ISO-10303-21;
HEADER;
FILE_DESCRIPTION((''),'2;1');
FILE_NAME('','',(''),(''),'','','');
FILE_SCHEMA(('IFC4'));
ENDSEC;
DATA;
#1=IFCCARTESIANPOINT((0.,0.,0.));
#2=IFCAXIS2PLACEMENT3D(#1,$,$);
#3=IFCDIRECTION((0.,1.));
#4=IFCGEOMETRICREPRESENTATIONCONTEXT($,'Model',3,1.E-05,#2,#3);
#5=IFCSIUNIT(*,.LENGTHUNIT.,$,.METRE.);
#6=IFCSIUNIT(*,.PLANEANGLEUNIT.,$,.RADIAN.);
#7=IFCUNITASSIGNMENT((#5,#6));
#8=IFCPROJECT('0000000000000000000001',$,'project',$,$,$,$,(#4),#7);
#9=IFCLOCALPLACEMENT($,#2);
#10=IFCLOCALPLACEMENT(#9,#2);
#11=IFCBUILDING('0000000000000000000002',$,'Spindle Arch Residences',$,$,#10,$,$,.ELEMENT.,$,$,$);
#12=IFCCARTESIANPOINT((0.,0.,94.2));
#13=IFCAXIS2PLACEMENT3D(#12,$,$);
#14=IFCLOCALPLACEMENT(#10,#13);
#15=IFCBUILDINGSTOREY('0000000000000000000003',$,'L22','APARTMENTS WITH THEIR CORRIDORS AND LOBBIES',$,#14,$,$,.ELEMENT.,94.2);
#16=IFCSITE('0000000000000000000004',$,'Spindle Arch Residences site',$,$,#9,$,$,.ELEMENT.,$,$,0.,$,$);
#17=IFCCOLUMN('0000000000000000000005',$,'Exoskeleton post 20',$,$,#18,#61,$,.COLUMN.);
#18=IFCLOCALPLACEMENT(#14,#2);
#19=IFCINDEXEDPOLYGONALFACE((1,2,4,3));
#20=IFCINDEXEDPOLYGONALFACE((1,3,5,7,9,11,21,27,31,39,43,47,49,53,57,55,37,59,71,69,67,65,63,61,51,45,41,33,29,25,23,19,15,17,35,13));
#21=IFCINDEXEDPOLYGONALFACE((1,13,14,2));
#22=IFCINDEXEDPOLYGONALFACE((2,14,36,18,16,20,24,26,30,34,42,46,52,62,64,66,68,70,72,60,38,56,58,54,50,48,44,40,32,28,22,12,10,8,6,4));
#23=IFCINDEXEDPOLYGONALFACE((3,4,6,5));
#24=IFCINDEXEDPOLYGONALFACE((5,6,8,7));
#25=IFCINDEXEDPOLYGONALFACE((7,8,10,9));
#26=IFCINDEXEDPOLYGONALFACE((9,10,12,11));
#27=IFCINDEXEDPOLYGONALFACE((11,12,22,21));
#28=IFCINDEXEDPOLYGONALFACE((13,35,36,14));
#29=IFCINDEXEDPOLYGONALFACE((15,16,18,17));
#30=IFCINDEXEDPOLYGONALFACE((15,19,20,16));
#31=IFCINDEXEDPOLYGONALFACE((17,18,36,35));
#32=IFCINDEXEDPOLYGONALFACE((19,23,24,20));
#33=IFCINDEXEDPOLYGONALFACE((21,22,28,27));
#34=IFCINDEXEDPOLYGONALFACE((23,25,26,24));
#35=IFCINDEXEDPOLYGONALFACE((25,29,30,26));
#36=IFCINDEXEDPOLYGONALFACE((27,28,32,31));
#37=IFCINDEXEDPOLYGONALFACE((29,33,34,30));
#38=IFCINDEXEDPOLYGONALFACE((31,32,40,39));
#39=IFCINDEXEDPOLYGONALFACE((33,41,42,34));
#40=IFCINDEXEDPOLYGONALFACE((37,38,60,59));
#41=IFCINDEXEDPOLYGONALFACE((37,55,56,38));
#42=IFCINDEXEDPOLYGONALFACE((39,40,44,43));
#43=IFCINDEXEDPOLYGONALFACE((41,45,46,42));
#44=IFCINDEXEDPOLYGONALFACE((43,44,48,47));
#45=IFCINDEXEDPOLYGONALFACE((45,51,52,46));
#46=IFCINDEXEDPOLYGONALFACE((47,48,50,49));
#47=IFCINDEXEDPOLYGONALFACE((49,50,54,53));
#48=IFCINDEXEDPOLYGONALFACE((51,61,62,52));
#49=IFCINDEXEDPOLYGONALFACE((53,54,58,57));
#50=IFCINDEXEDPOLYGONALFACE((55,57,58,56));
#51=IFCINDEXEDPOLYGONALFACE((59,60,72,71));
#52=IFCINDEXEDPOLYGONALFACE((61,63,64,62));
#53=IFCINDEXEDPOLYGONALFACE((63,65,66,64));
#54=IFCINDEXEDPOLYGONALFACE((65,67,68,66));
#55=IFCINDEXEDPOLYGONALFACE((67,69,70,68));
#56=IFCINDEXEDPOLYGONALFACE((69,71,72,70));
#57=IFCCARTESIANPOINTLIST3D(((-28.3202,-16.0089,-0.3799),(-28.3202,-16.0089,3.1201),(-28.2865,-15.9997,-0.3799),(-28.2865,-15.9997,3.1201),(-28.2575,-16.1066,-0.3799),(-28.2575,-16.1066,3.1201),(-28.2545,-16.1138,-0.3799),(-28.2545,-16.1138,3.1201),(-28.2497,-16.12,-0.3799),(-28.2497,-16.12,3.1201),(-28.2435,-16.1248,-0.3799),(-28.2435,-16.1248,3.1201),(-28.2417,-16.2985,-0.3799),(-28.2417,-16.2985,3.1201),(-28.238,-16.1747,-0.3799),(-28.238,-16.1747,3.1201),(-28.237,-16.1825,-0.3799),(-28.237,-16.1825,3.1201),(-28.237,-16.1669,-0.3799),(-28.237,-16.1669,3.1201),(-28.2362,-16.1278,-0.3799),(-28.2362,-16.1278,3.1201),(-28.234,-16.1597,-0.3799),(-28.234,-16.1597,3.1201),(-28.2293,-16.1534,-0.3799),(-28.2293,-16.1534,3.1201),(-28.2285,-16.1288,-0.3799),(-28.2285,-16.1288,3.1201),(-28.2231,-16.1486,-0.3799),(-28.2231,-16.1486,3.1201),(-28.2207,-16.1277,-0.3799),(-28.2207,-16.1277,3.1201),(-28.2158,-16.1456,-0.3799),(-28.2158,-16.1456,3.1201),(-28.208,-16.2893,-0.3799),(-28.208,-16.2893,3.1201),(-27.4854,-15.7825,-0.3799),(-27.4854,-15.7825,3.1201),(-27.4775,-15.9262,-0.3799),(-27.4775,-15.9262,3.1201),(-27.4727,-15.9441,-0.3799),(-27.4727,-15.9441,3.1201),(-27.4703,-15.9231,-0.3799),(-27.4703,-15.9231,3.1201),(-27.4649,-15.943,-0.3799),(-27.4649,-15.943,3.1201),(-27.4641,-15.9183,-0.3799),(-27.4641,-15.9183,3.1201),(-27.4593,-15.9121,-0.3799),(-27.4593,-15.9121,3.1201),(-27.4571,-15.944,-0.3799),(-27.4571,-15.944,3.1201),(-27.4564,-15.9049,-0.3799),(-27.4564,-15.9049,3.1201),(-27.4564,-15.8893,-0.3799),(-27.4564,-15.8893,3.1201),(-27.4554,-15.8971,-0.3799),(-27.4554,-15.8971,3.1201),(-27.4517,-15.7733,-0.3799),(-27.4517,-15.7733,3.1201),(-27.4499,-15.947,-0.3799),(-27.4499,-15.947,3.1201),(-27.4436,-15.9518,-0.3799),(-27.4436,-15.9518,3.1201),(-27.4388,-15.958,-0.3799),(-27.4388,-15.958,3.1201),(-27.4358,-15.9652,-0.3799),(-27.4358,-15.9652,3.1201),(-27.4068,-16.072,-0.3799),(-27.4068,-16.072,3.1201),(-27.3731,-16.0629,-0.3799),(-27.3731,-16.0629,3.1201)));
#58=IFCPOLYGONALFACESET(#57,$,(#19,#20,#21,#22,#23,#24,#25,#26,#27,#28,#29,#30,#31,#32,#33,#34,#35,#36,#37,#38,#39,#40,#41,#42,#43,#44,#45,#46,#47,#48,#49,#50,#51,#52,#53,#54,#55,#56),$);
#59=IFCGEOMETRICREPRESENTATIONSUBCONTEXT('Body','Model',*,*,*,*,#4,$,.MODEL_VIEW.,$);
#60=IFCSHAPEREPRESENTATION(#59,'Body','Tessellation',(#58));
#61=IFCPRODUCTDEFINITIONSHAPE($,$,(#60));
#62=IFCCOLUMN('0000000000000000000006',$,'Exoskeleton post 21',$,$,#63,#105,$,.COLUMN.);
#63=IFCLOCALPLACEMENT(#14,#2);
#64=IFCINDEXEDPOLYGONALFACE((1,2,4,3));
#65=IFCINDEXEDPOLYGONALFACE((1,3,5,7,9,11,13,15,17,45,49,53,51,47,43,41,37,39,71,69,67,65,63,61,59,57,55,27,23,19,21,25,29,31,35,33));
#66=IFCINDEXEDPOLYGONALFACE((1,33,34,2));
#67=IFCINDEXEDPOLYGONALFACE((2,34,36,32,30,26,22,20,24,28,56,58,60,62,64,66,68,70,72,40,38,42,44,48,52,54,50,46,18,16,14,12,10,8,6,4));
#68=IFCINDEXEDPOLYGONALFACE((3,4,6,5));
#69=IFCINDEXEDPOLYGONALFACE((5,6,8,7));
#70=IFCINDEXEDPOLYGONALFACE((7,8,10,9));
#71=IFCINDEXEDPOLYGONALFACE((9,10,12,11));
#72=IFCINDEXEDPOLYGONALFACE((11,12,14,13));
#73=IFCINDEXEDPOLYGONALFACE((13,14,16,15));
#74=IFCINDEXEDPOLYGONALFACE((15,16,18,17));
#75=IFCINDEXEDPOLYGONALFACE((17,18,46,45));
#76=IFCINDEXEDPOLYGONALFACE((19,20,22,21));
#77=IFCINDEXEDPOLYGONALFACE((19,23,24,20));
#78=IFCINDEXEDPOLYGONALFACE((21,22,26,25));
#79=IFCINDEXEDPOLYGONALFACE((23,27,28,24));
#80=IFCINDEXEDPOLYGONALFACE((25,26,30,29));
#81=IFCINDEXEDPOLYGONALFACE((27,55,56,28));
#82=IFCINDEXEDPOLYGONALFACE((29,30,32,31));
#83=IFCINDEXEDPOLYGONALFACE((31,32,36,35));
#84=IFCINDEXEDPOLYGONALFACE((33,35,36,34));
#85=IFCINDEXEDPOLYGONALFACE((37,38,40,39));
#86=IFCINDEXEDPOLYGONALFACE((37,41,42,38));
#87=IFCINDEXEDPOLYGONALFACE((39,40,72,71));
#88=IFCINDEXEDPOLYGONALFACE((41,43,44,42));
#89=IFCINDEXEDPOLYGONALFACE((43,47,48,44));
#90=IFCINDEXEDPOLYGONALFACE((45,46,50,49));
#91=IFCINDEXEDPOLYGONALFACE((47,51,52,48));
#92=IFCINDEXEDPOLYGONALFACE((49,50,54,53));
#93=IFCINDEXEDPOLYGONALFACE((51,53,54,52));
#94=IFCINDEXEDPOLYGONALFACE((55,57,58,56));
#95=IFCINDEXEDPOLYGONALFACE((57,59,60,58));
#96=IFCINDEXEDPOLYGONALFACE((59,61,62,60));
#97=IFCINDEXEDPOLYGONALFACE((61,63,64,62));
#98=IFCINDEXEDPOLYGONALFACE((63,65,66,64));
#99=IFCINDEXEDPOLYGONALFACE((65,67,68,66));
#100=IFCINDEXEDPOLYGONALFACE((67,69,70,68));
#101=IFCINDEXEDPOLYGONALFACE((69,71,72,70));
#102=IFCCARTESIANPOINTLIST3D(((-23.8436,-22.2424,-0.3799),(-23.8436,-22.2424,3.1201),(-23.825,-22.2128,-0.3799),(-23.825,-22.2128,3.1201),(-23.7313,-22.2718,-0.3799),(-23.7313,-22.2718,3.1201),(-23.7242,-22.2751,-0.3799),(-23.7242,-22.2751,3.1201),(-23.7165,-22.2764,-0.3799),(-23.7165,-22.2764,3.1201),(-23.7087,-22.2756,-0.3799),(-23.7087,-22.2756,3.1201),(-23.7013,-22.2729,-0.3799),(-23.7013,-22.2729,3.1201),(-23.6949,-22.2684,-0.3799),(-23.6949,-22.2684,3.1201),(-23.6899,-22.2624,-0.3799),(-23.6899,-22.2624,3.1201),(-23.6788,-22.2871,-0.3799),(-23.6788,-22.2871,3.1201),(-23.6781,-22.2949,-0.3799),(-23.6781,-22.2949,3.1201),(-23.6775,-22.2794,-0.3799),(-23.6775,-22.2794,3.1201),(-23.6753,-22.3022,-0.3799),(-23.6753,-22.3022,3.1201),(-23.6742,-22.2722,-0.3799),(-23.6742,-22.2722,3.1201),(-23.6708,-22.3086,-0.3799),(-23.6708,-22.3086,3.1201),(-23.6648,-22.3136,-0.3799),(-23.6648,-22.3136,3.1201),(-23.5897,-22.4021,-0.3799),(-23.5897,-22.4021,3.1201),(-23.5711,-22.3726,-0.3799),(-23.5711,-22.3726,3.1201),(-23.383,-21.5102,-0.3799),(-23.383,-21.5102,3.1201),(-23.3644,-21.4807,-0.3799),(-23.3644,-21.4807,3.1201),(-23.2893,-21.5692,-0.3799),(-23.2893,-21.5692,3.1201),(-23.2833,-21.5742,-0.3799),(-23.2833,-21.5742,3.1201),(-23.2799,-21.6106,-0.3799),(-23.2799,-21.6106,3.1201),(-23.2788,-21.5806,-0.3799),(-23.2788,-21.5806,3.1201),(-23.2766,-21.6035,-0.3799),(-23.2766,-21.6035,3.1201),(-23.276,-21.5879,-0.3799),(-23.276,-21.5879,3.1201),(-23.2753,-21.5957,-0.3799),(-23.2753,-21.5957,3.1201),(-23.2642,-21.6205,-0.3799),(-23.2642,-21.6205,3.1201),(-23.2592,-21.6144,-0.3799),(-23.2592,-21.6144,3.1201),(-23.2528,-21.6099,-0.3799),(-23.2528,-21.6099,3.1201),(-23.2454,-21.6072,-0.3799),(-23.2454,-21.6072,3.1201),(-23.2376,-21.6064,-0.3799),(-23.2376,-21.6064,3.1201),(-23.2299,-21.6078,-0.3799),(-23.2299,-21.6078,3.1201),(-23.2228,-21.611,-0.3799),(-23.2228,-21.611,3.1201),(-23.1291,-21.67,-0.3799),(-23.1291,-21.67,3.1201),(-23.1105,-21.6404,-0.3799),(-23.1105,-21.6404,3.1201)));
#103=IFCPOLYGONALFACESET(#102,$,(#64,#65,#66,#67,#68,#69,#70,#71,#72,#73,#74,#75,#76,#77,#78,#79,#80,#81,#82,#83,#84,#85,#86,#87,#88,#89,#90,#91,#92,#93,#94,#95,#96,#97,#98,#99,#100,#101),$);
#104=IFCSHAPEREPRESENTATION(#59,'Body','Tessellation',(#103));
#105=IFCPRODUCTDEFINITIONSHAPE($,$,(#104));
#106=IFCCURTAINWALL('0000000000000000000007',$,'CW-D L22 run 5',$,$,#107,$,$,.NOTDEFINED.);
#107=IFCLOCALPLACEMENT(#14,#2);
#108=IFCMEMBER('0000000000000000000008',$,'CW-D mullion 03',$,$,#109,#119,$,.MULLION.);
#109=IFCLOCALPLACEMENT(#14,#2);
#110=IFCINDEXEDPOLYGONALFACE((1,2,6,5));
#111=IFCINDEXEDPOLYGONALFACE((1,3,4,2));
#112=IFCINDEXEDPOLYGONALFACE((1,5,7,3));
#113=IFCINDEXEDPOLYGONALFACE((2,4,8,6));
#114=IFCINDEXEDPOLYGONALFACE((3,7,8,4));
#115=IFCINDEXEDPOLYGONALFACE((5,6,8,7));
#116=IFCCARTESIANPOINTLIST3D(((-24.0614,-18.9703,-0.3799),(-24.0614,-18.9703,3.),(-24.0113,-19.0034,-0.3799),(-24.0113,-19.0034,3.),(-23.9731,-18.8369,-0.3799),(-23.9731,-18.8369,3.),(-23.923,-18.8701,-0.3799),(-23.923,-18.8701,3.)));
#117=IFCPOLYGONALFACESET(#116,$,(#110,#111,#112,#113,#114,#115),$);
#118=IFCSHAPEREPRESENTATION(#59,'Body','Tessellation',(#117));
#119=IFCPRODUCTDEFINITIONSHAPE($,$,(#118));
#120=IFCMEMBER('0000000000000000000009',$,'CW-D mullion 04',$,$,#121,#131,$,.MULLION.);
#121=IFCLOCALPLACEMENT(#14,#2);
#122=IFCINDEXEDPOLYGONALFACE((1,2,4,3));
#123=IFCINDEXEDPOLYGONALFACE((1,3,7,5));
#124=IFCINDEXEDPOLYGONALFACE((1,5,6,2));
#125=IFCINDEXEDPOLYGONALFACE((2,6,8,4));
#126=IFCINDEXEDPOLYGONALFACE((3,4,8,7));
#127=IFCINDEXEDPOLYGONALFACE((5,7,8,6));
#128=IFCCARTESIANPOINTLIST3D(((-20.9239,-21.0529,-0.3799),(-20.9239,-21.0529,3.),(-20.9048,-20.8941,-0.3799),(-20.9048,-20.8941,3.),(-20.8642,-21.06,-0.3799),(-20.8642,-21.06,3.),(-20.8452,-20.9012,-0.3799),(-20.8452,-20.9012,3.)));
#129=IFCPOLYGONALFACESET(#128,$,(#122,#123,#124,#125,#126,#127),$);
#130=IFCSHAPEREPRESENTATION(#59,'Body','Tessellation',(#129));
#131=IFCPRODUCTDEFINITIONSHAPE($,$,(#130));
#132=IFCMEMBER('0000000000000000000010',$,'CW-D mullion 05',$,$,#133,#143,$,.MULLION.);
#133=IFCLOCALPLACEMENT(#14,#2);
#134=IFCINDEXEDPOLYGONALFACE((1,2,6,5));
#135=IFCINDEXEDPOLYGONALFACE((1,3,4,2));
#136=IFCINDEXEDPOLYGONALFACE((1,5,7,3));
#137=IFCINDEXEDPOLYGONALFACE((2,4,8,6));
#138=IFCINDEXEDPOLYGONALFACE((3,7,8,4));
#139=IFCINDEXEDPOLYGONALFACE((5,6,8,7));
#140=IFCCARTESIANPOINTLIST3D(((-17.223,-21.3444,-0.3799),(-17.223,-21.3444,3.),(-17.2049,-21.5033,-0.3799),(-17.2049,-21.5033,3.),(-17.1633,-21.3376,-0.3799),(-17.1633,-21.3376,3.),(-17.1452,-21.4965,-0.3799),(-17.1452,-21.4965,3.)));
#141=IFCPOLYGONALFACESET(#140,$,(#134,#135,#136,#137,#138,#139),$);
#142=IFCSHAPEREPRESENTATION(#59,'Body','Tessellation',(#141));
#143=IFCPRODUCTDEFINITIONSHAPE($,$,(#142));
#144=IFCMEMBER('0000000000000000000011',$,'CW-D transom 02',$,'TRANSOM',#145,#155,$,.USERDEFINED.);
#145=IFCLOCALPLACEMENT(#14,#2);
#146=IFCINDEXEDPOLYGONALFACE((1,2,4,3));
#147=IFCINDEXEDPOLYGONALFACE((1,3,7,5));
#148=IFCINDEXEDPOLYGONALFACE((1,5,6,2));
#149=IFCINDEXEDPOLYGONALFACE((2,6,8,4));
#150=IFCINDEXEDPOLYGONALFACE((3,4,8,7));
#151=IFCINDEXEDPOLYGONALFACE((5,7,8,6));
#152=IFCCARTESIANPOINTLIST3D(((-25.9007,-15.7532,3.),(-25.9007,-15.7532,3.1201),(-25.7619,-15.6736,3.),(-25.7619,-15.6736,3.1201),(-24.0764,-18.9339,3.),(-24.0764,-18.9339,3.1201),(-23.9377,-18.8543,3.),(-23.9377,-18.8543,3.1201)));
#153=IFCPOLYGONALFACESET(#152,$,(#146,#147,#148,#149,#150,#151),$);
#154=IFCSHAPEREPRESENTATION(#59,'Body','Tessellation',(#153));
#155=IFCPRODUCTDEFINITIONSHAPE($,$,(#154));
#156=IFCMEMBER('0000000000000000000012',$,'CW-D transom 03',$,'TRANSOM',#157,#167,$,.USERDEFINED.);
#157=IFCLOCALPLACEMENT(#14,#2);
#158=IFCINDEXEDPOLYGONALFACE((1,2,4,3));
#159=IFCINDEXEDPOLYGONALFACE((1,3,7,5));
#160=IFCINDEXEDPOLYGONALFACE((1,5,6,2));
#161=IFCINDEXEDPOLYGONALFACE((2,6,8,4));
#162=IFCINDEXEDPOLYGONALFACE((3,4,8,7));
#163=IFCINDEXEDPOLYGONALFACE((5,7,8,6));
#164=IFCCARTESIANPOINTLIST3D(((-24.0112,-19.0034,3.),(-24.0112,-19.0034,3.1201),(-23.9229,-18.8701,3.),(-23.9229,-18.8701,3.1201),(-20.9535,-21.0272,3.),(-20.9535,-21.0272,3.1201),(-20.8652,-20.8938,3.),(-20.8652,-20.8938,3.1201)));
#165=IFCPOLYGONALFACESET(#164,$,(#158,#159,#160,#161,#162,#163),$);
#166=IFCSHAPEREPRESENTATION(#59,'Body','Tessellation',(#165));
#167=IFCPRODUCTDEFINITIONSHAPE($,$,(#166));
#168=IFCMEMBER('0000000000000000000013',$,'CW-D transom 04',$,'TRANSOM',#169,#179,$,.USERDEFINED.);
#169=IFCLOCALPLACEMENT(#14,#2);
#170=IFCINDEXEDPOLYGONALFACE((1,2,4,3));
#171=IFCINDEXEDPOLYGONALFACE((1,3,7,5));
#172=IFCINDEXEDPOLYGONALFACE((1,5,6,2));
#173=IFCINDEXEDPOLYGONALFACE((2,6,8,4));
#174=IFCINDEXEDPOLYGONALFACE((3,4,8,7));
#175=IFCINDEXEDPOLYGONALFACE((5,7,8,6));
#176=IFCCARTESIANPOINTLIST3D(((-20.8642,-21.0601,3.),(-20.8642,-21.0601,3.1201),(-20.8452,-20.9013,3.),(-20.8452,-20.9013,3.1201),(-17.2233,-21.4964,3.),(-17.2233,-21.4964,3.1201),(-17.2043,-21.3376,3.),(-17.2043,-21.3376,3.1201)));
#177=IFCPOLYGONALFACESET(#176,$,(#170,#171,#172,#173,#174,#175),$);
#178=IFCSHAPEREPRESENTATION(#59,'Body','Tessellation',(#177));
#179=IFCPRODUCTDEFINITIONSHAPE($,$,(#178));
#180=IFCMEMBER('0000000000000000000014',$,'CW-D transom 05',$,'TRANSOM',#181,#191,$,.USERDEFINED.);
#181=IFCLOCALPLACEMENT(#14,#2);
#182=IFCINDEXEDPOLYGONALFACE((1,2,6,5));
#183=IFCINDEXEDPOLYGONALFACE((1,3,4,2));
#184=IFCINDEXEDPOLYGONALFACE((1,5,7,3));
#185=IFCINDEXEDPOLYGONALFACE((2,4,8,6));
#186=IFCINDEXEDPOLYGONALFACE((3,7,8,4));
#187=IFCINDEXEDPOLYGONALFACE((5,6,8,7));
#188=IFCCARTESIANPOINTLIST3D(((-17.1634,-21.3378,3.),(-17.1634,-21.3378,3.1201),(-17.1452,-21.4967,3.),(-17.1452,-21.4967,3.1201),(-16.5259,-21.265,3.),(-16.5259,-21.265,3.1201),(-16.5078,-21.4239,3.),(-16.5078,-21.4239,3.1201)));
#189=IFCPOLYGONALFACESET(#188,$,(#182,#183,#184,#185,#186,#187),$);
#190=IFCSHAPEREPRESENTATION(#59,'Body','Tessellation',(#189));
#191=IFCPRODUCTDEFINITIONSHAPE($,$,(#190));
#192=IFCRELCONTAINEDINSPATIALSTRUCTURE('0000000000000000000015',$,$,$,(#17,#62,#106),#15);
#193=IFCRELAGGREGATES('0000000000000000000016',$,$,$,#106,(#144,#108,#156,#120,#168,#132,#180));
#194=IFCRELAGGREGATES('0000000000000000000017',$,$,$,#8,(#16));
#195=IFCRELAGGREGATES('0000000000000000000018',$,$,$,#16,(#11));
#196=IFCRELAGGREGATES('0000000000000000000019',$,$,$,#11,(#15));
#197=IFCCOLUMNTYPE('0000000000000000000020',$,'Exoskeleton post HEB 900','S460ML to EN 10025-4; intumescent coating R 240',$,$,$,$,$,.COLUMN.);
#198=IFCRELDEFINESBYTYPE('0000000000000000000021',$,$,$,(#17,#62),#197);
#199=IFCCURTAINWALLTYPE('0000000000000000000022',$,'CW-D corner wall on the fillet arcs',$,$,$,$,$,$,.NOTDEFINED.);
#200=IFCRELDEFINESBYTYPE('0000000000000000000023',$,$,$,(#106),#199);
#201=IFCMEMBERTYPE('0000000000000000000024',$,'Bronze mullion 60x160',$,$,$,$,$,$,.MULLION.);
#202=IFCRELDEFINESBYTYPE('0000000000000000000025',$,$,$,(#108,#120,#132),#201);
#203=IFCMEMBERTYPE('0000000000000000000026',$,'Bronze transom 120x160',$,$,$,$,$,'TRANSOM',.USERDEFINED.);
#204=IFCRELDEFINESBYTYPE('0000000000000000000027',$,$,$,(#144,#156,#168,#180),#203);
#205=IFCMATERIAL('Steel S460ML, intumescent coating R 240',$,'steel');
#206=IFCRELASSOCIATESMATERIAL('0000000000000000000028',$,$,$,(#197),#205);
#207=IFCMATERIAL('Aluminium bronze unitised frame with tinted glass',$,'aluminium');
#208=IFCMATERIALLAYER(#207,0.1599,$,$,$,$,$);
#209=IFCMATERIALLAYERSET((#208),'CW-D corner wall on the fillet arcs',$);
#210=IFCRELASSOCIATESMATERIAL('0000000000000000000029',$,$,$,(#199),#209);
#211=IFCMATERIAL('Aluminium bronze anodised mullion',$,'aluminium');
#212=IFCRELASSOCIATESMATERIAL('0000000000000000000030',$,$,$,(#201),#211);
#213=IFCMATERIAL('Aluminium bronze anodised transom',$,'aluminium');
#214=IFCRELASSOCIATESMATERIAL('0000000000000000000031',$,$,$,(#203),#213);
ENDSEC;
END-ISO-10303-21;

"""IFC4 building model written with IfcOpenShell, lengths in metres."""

from ifc_helpers import new_model, si_unit, direction, frame, origin, origin_2d, place, context, subcontext, project, spatial, rectangle, i_section, extrude, material, layer, layer_set, material_profile, profile_set, type_object, element, aggregate, save


model = new_model("IFC4")

# Units and contexts
model_context = context("Model", 3, precision=1e-05, world=origin(), true_north=direction((0.0, 1.0)))
body_context = subcontext(model_context, "Body", "Model", "MODEL_VIEW")
ifc_project = project(units=[si_unit("LENGTHUNIT", "METRE"), si_unit("PLANEANGLEUNIT", "RADIAN")], contexts=[model_context])

# Site, building, storey
site_placement = place(None, origin())
site = spatial("IfcSite", under=ifc_project, at=site_placement, Name="Spindle Arch Residences site", CompositionType="ELEMENT", RefElevation=0.0)
building_placement = place(site_placement, origin())
building = spatial("IfcBuilding", under=site, at=building_placement, Name="Spindle Arch Residences", CompositionType="ELEMENT")
storey_placement = place(building_placement, frame((0.0, 0.0, 94.2)))
storey = spatial("IfcBuildingStorey", under=building, at=storey_placement, Name="L22", Description="APARTMENTS WITH THEIR CORRIDORS AND LOBBIES", CompositionType="ELEMENT", Elevation=94.2)

# Columns
ifc_material_1 = material(Name="Steel S460ML, intumescent coating R 240", Category="steel")
ifc_material_profile_1 = material_profile(ifc_material_1, i_section(OverallWidth=0.3, OverallDepth=0.8999, WebThickness=0.0186, FlangeThickness=0.0349, FilletRadius=0.03, at=origin_2d()), Name="HEB 900")
ifc_profile_set_1 = profile_set([ifc_material_profile_1], Name="Steel S460ML, intumescent coating R 240")
column_type = type_object("IfcColumnType", Name="Exoskeleton post HEB 900", Description="S460ML to EN 10025-4; intumescent coating R 240", PredefinedType="COLUMN", material=ifc_profile_set_1)
for number, where, z_axis, x_axis, name in (
    (1, (-27.8467, -16.0359, -0.3799), (0.0, 0.0, 1.0), (-0.261742, 0.965138, 0.0), "Exoskeleton post 20"),
    (2, (-23.4771, -21.9414, -0.3799), (0.0, 0.0, 1.0), (-0.84644, 0.532484, 0.0), "Exoskeleton post 21"),
):
    element("IfcColumn", number, at=place(storey_placement, frame(where, z_axis=z_axis, x_axis=x_axis)), inside=storey, type_object=column_type, Name=name, PredefinedType="COLUMN", context=body_context, shape_type="SweptSolid", body=[
        extrude(i_section(OverallWidth=0.3, OverallDepth=0.8999, WebThickness=0.0186, FlangeThickness=0.0349, FilletRadius=0.03, at=origin_2d()), origin(), (0.0, 0.0, 1.0), 3.5),
    ])

# Curtain wall, members
ifc_material_2 = material(Name="Aluminium bronze unitised frame with tinted glass", Category="aluminium")
ifc_layer_1 = layer(ifc_material_2, 0.1599)
ifc_layer_set_1 = layer_set([ifc_layer_1], Name="CW-D corner wall on the fillet arcs")
curtain_wall_type = type_object("IfcCurtainWallType", Name="CW-D corner wall on the fillet arcs", PredefinedType="NOTDEFINED", material=ifc_layer_set_1)
curtain_wall_placement = place(storey_placement, origin())
curtain_wall = element("IfcCurtainWall", 3, at=curtain_wall_placement, inside=storey, type_object=curtain_wall_type, Name="CW-D L22 run 5", PredefinedType="NOTDEFINED")
ifc_material_3 = material(Name="Aluminium bronze anodised mullion", Category="aluminium")
ifc_material_profile_2 = material_profile(ifc_material_3, rectangle(XDim=0.1599, YDim=0.0601, at=origin_2d()), Name="MU 60x160")
ifc_profile_set_2 = profile_set([ifc_material_profile_2], Name="Aluminium bronze anodised mullion")
member_type_1 = type_object("IfcMemberType", Name="Bronze mullion 60x160", PredefinedType="MULLION", material=ifc_profile_set_2)
member_1_placement = place(storey_placement, frame((-23.9922, -18.9202, -0.3799), z_axis=(0.0, 0.0, 1.0), x_axis=(0.551937, 0.833886, 0.0)))
member_1 = element("IfcMember", 4, at=member_1_placement, type_object=member_type_1, Name="CW-D mullion 03", PredefinedType="MULLION", context=body_context, shape_type="SweptSolid", body=[
    extrude(rectangle(XDim=0.1599, YDim=0.0601, at=origin_2d()), origin(), (0.0, 0.0, 1.0), 3.3799),
])
member_2_placement = place(storey_placement, frame((-20.8845, -20.9771, -0.3799), z_axis=(0.0, 0.0, 1.0), x_axis=(0.118982, 0.992896, 0.0)))
member_2 = element("IfcMember", 5, at=member_2_placement, type_object=member_type_1, Name="CW-D mullion 04", PredefinedType="MULLION", context=body_context, shape_type="SweptSolid", body=[
    extrude(rectangle(XDim=0.1599, YDim=0.0601, at=origin_2d()), origin(), (0.0, 0.0, 1.0), 3.3799),
])
member_3_placement = place(storey_placement, frame((-17.1841, -21.4204, -0.3799), z_axis=(0.0, 0.0, 1.0), x_axis=(-0.113203, 0.993572, 0.0)))
member_3 = element("IfcMember", 6, at=member_3_placement, type_object=member_type_1, Name="CW-D mullion 05", PredefinedType="MULLION", context=body_context, shape_type="SweptSolid", body=[
    extrude(rectangle(XDim=0.1599, YDim=0.0601, at=origin_2d()), origin(), (0.0, 0.0, 1.0), 3.3799),
])
ifc_material_4 = material(Name="Aluminium bronze anodised transom", Category="aluminium")
ifc_material_profile_3 = material_profile(ifc_material_4, rectangle(XDim=0.1599, YDim=0.1201, at=origin_2d()), Name="TR 120x160")
ifc_profile_set_3 = profile_set([ifc_material_profile_3], Name="Aluminium bronze anodised transom")
member_type_2 = type_object("IfcMemberType", Name="Bronze transom 120x160", ElementType="TRANSOM", PredefinedType="USERDEFINED", material=ifc_profile_set_3)
member_4_placement = place(storey_placement, frame((-25.8313, -15.7134, 3.0601), z_axis=(0.497515, -0.867455, 0.0), x_axis=(0.867455, 0.497515, 0.0)))
member_4 = element("IfcMember", 7, at=member_4_placement, type_object=member_type_2, Name="CW-D transom 02", ObjectType="TRANSOM", PredefinedType="USERDEFINED", context=body_context, shape_type="SweptSolid", body=[
    extrude(rectangle(XDim=0.1599, YDim=0.1201, at=origin_2d()), origin(), (0.0, 0.0, 1.0), 3.6667),
])
member_5_placement = place(storey_placement, frame((-23.967, -18.9368, 3.0601), z_axis=(0.8339, -0.551916, 0.0), x_axis=(0.551916, 0.8339, 0.0)))
member_5 = element("IfcMember", 8, at=member_5_placement, type_object=member_type_2, Name="CW-D transom 03", ObjectType="TRANSOM", PredefinedType="USERDEFINED", context=body_context, shape_type="SweptSolid", body=[
    extrude(rectangle(XDim=0.1599, YDim=0.1201, at=origin_2d()), origin(), (0.0, 0.0, 1.0), 3.6667),
])
member_6_placement = place(storey_placement, frame((-20.8547, -20.9807, 3.0601), z_axis=(0.992897, -0.118977, 0.0), x_axis=(0.118977, 0.992897, 0.0)))
member_6 = element("IfcMember", 9, at=member_6_placement, type_object=member_type_2, Name="CW-D transom 04", ObjectType="TRANSOM", PredefinedType="USERDEFINED", context=body_context, shape_type="SweptSolid", body=[
    extrude(rectangle(XDim=0.1599, YDim=0.1201, at=origin_2d()), origin(), (0.0, 0.0, 1.0), 3.667),
])
member_7_placement = place(storey_placement, frame((-17.1543, -21.4172, 3.0601), z_axis=(0.99355, 0.113396, 0.0), x_axis=(-0.113396, 0.99355, 0.0)))
member_7 = element("IfcMember", 10, at=member_7_placement, type_object=member_type_2, Name="CW-D transom 05", ObjectType="TRANSOM", PredefinedType="USERDEFINED", context=body_context, shape_type="SweptSolid", body=[
    extrude(rectangle(XDim=0.1599, YDim=0.1201, at=origin_2d()), origin(), (0.0, 0.0, 1.0), 0.6416),
])

aggregate(curtain_wall, [member_4, member_1, member_5, member_2, member_6, member_3, member_7])

save(model, "model.ifc")
